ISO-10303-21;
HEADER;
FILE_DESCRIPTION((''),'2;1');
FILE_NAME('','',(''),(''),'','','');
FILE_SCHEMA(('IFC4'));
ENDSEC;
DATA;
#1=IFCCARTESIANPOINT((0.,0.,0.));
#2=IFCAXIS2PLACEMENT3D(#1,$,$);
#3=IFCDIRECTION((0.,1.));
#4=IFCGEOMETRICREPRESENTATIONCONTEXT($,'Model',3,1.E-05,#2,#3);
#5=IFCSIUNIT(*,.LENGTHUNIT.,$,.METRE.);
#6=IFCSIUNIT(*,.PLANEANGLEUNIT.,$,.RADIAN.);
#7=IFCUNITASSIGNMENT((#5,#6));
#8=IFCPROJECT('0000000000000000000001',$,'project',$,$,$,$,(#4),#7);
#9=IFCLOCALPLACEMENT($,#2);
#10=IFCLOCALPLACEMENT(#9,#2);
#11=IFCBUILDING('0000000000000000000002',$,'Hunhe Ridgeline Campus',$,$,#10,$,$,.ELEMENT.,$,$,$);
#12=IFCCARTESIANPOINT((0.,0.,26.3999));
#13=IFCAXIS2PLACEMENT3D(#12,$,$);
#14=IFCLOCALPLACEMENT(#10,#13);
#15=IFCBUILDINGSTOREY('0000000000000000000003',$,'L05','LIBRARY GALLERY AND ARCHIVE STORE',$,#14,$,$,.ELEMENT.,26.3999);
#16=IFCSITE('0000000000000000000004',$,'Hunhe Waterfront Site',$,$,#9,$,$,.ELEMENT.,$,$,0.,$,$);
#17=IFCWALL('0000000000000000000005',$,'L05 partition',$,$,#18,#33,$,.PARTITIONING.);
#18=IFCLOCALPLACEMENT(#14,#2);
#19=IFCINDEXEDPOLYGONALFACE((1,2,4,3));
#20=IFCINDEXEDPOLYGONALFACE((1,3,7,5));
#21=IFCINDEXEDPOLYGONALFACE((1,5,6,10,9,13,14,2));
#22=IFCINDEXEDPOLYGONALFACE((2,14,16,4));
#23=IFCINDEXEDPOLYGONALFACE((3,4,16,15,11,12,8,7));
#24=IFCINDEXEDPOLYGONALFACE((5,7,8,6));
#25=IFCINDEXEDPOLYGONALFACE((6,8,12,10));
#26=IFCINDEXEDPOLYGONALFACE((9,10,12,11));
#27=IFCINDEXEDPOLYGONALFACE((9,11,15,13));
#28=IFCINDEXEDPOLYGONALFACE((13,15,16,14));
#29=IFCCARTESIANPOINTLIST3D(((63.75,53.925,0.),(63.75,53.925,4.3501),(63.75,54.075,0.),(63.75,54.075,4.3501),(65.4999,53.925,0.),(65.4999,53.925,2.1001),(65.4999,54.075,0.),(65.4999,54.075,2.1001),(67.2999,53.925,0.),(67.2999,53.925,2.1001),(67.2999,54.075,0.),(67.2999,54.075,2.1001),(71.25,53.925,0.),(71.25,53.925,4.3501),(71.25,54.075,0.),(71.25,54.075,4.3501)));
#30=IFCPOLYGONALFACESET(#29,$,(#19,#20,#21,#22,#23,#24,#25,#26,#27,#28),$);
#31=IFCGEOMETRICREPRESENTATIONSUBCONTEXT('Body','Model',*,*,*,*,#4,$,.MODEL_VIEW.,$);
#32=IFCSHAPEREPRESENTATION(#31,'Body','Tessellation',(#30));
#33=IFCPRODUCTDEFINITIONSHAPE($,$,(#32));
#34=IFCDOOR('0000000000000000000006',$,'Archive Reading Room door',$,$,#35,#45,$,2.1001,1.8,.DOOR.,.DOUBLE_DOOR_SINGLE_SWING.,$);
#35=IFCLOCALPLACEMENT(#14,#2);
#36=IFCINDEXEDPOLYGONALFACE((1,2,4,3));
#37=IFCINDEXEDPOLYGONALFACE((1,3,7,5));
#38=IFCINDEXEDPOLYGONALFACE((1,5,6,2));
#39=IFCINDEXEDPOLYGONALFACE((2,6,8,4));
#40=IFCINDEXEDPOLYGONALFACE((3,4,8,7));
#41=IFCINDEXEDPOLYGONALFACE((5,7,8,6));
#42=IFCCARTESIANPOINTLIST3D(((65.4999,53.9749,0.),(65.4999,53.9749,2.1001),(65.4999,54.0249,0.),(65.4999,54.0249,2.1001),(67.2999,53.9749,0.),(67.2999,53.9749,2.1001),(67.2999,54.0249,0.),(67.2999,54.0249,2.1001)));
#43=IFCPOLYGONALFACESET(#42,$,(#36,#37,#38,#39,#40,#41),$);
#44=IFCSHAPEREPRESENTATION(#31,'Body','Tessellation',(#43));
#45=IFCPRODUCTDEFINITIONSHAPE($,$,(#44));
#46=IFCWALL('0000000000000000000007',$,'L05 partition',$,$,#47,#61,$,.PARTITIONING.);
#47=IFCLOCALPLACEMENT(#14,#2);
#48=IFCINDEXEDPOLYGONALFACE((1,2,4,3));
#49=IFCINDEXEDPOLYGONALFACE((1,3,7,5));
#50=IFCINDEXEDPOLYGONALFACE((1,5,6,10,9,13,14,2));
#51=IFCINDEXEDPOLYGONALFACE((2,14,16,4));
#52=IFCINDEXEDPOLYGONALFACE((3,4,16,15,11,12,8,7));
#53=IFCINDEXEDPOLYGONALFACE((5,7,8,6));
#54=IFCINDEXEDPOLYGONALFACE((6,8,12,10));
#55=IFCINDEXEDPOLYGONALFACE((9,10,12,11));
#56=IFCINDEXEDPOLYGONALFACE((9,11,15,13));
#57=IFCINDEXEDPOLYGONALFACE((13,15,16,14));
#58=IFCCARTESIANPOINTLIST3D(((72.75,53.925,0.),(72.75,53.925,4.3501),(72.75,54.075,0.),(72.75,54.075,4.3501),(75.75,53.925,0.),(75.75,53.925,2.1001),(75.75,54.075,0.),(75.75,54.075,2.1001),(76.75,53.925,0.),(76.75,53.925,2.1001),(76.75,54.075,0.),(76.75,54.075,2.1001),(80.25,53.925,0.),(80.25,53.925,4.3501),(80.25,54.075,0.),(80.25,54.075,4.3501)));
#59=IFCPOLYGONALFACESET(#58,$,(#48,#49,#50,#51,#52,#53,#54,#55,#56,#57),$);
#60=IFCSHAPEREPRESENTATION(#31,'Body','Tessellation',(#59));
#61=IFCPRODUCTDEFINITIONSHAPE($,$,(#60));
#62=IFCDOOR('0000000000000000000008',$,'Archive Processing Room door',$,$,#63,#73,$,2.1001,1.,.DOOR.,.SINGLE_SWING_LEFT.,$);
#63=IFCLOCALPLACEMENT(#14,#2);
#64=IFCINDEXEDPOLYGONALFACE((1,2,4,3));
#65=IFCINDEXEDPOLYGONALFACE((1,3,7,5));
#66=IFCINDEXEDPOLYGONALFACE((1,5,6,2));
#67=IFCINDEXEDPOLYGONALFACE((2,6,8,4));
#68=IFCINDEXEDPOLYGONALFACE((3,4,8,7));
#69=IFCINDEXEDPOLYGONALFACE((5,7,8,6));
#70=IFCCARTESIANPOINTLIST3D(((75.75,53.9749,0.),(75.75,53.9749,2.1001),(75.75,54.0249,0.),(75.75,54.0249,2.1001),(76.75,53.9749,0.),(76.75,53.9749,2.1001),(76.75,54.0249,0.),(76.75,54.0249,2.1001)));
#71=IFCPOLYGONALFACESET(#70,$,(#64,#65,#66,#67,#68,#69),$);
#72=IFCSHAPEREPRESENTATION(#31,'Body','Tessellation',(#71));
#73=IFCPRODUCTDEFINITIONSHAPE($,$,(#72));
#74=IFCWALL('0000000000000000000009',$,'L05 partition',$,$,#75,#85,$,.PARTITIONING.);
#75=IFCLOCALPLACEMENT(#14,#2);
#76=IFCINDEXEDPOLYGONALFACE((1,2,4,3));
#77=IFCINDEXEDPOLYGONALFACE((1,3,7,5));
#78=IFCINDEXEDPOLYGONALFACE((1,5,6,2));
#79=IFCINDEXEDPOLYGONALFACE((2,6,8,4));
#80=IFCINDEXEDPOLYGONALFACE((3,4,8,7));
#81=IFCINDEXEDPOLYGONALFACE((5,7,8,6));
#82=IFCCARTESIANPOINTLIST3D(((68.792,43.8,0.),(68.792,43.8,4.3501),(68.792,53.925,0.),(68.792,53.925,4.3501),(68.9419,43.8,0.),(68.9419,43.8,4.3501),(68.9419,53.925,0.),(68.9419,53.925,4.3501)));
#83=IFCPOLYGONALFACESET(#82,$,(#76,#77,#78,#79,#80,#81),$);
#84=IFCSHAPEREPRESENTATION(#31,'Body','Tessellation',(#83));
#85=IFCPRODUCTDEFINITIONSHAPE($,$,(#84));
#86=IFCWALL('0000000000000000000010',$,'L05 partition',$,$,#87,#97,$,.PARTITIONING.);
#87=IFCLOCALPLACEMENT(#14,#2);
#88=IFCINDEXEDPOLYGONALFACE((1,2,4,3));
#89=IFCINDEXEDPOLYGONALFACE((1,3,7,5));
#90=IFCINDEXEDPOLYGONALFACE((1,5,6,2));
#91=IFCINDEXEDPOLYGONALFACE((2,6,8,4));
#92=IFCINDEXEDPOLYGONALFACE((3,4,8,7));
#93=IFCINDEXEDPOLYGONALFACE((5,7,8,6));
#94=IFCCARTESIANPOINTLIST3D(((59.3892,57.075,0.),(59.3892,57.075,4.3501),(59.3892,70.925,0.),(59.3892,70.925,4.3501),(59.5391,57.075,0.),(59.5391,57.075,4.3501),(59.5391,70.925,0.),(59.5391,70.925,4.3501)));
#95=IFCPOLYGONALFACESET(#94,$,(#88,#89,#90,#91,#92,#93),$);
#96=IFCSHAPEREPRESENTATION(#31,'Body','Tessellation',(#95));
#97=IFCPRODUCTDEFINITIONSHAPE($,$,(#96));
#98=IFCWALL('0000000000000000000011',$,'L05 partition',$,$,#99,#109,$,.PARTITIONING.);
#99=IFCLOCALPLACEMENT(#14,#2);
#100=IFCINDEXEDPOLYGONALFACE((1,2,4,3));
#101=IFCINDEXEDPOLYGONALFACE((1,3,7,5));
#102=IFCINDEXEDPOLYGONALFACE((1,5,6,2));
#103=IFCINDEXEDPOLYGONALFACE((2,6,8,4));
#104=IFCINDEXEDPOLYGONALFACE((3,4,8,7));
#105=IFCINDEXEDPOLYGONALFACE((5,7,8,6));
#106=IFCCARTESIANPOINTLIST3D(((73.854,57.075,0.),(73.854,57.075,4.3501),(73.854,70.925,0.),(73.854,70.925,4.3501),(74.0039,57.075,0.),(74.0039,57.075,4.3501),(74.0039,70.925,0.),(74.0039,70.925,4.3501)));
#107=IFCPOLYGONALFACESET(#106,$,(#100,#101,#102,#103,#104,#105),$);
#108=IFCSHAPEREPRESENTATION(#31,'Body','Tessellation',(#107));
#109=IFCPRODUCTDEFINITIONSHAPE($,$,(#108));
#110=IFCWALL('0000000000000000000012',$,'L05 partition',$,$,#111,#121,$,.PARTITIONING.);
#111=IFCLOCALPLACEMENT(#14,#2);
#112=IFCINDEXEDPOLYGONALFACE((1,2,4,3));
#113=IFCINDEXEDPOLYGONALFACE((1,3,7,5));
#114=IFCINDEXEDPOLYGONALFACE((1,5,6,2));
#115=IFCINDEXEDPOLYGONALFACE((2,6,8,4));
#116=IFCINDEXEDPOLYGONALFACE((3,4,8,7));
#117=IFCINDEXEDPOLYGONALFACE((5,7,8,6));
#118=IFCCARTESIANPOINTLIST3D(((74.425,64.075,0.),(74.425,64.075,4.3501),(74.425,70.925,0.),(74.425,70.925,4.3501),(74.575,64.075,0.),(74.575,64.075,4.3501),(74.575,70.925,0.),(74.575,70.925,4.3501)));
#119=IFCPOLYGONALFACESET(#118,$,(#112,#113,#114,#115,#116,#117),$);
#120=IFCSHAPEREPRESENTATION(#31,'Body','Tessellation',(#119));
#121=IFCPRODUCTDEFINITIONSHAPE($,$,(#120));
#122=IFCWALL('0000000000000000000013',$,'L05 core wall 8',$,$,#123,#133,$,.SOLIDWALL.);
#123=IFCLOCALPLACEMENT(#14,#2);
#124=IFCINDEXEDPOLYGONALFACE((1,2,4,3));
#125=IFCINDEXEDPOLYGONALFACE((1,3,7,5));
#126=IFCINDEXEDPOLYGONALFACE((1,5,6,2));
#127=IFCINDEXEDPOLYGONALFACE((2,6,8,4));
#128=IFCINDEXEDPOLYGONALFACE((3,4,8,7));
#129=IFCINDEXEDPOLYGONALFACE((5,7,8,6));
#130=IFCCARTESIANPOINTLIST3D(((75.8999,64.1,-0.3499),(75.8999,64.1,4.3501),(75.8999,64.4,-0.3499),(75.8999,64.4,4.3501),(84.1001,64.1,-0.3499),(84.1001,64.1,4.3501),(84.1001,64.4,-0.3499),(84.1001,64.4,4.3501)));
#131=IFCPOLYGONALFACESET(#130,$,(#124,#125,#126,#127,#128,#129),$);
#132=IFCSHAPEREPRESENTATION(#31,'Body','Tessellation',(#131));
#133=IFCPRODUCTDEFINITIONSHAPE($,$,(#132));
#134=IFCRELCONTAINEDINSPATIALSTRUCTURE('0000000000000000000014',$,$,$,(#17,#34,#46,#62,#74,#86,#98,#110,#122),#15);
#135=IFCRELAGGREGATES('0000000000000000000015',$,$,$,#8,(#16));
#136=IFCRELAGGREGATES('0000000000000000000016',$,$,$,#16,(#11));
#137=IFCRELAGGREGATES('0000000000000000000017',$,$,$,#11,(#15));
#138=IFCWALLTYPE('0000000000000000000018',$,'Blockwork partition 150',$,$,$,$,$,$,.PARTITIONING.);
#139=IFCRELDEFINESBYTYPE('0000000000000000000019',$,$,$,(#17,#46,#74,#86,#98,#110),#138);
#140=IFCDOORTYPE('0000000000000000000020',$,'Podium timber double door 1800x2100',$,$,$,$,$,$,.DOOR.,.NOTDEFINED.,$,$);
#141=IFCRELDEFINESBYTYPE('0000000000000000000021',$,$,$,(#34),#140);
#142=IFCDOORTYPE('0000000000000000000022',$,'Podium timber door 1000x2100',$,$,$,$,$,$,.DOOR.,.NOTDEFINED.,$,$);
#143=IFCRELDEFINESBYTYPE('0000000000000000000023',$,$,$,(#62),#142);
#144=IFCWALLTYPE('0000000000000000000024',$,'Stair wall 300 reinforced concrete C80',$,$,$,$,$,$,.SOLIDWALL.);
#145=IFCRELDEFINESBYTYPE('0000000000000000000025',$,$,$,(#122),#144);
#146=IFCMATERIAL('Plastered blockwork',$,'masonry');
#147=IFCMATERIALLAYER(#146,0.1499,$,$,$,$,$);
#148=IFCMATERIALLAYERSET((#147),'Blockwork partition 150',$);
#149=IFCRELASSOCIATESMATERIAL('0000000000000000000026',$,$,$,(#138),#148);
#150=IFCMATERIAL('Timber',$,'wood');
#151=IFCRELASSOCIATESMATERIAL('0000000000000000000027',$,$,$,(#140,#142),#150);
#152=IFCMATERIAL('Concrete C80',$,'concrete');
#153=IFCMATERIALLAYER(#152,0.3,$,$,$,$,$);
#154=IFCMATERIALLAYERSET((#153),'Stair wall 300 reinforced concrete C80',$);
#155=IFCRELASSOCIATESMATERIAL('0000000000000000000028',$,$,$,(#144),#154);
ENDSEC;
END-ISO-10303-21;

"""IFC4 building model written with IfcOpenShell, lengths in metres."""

from ifc_helpers import new_model, si_unit, direction, frame, frame_2d, origin, place, context, subcontext, project, spatial, rectangle, extrude, material, layer, layer_set, type_object, element, fill, save


model = new_model("IFC4")

# Units and contexts
model_context = context("Model", 3, precision=1e-05, world=origin(), true_north=direction((0.0, 1.0)))
body_context = subcontext(model_context, "Body", "Model", "MODEL_VIEW")
ifc_project = project(units=[si_unit("LENGTHUNIT", "METRE"), si_unit("PLANEANGLEUNIT", "RADIAN")], contexts=[model_context])

# Site, building, storey
site_placement = place(None, origin())
site = spatial("IfcSite", under=ifc_project, at=site_placement, Name="Hunhe Waterfront Site", CompositionType="ELEMENT", RefElevation=0.0)
building_placement = place(site_placement, origin())
building = spatial("IfcBuilding", under=site, at=building_placement, Name="Hunhe Ridgeline Campus", CompositionType="ELEMENT")
storey_placement = place(building_placement, frame((0.0, 0.0, 26.3999)))
storey = spatial("IfcBuildingStorey", under=building, at=storey_placement, Name="L05", Description="LIBRARY GALLERY AND ARCHIVE STORE", CompositionType="ELEMENT", Elevation=26.3999)

# Shared definitions
ifc_material_1 = material(Name="Concrete C80", Category="concrete")

# Shared definitions
ifc_material_2 = material(Name="Plastered blockwork", Category="masonry")
ifc_layer_1 = layer(ifc_material_2, 0.1499)
ifc_layer_set_1 = layer_set([ifc_layer_1], Name="Blockwork partition 150")
wall_type_1 = type_object("IfcWallType", Name="Blockwork partition 150", PredefinedType="PARTITIONING", material=ifc_layer_set_1)

# Walls, openings, doors
ifc_material_3 = material(Name="Timber", Category="wood")
door_type_1 = type_object("IfcDoorType", Name="Podium timber double door 1800x2100", OperationType="NOTDEFINED", PredefinedType="DOOR", material=ifc_material_3)
wall_1_placement = place(storey_placement, frame((63.75, 54.0, 0.0), z_axis=(0.0, 0.0, 1.0), x_axis=(1.0, 0.0, 0.0)))
wall_1 = element("IfcWall", 1, at=wall_1_placement, inside=storey, type_object=wall_type_1, Name="L05 partition", PredefinedType="PARTITIONING", context=body_context, shape_type="SweptSolid", body=[
    extrude(rectangle(XDim=7.5, YDim=0.1499, at=frame_2d((3.75, 0.0))), origin(), (0.0, 0.0, 1.0), 4.3501),
])
opening_1_placement = place(wall_1_placement, frame((1.75, 0.0, 0.0)))
opening_1 = element("IfcOpeningElement", 2, at=opening_1_placement, cuts=wall_1, PredefinedType="OPENING", context=body_context, shape_type="SweptSolid", body=[
    extrude(rectangle(XDim=1.8, YDim=2.1001, at=frame_2d((0.8999, 1.05))), frame((0.0, 0.075, 0.0), z_axis=(0.0, -1.0, 0.0), x_axis=(1.0, 0.0, 0.0)), (0.0, 0.0, 1.0), 0.1499),
])
door_1_placement = place(opening_1_placement, origin())
door_1 = element("IfcDoor", 3, at=door_1_placement, inside=storey, type_object=door_type_1, Name="Archive Reading Room door", OperationType="DOUBLE_DOOR_SINGLE_SWING", OverallHeight=2.1001, OverallWidth=1.8, PredefinedType="DOOR", context=body_context, shape_type="SweptSolid", body=[
    extrude(rectangle(XDim=1.8, YDim=2.1001, at=frame_2d((0.8999, 1.05))), frame((0.0, 0.0249, 0.0), z_axis=(0.0, -1.0, 0.0), x_axis=(1.0, 0.0, 0.0)), (0.0, 0.0, 1.0), 0.05),
])
fill(opening_1, door_1)
wall_2_placement = place(storey_placement, frame((72.75, 54.0, 0.0), z_axis=(0.0, 0.0, 1.0), x_axis=(1.0, 0.0, 0.0)))
wall_2 = element("IfcWall", 4, at=wall_2_placement, inside=storey, type_object=wall_type_1, Name="L05 partition", PredefinedType="PARTITIONING", context=body_context, shape_type="SweptSolid", body=[
    extrude(rectangle(XDim=7.5, YDim=0.1499, at=frame_2d((3.75, 0.0))), origin(), (0.0, 0.0, 1.0), 4.3501),
])
opening_2_placement = place(wall_2_placement, frame((3.0, 0.0, 0.0)))
opening_2 = element("IfcOpeningElement", 5, at=opening_2_placement, cuts=wall_2, PredefinedType="OPENING", context=body_context, shape_type="SweptSolid", body=[
    extrude(rectangle(XDim=1.0, YDim=2.1001, at=frame_2d((0.5, 1.05))), frame((0.0, 0.075, 0.0), z_axis=(0.0, -1.0, 0.0), x_axis=(1.0, 0.0, 0.0)), (0.0, 0.0, 1.0), 0.1499),
])
door_type_2 = type_object("IfcDoorType", Name="Podium timber door 1000x2100", OperationType="NOTDEFINED", PredefinedType="DOOR", material=ifc_material_3)
door_2_placement = place(opening_2_placement, origin())
door_2 = element("IfcDoor", 6, at=door_2_placement, inside=storey, type_object=door_type_2, Name="Archive Processing Room door", OperationType="SINGLE_SWING_LEFT", OverallHeight=2.1001, OverallWidth=1.0, PredefinedType="DOOR", context=body_context, shape_type="SweptSolid", body=[
    extrude(rectangle(XDim=1.0, YDim=2.1001, at=frame_2d((0.5, 1.05))), frame((0.0, 0.0249, 0.0), z_axis=(0.0, -1.0, 0.0), x_axis=(1.0, 0.0, 0.0)), (0.0, 0.0, 1.0), 0.05),
])
fill(opening_2, door_2)

# Walls
wall_3_placement = place(storey_placement, frame((68.8669, 43.8, 0.0), z_axis=(0.0, 0.0, 1.0), x_axis=(0.0, 1.0, 0.0)))
element("IfcWall", 7, at=wall_3_placement, inside=storey, type_object=wall_type_1, Name="L05 partition", PredefinedType="PARTITIONING", context=body_context, shape_type="SweptSolid", body=[
    extrude(rectangle(XDim=10.125, YDim=0.1499, at=frame_2d((5.0625, 0.0))), origin(), (0.0, 0.0, 1.0), 4.3501),
])
for number, where, z_axis, x_axis, name in (
    (8, (59.4641, 57.075, 0.0), (0.0, 0.0, 1.0), (0.0, 1.0, 0.0), "L05 partition"),
    (9, (73.929, 57.075, 0.0), (0.0, 0.0, 1.0), (0.0, 1.0, 0.0), "L05 partition"),
):
    element("IfcWall", number, at=place(storey_placement, frame(where, z_axis=z_axis, x_axis=x_axis)), inside=storey, type_object=wall_type_1, Name=name, PredefinedType="PARTITIONING", context=body_context, shape_type="SweptSolid", body=[
        extrude(rectangle(XDim=13.8501, YDim=0.1499, at=frame_2d((6.925, 0.0))), origin(), (0.0, 0.0, 1.0), 4.3501),
    ])
wall_4_placement = place(storey_placement, frame((74.5, 70.925, 0.0), z_axis=(0.0, 0.0, 1.0), x_axis=(0.0, -1.0, 0.0)))
element("IfcWall", 10, at=wall_4_placement, inside=storey, type_object=wall_type_1, Name="L05 partition", PredefinedType="PARTITIONING", context=body_context, shape_type="SweptSolid", body=[
    extrude(rectangle(XDim=6.8501, YDim=0.1499, at=frame_2d((3.425, 0.0))), origin(), (0.0, 0.0, 1.0), 4.3501),
])
ifc_layer_2 = layer(ifc_material_1, 0.3)
ifc_layer_set_2 = layer_set([ifc_layer_2], Name="Stair wall 300 reinforced concrete C80")
wall_type_2 = type_object("IfcWallType", Name="Stair wall 300 reinforced concrete C80", PredefinedType="SOLIDWALL", material=ifc_layer_set_2)
wall_5_placement = place(storey_placement, frame((75.8999, 64.25, -0.3499), z_axis=(0.0, 0.0, 1.0), x_axis=(1.0, 0.0, 0.0)))
element("IfcWall", 11, at=wall_5_placement, inside=storey, type_object=wall_type_2, Name="L05 core wall 8", PredefinedType="SOLIDWALL", context=body_context, shape_type="SweptSolid", body=[
    extrude(rectangle(XDim=8.2002, YDim=0.3, at=frame_2d((4.1001, 0.0))), origin(), (0.0, 0.0, 1.0), 4.7),
])

save(model, "model.ifc")
